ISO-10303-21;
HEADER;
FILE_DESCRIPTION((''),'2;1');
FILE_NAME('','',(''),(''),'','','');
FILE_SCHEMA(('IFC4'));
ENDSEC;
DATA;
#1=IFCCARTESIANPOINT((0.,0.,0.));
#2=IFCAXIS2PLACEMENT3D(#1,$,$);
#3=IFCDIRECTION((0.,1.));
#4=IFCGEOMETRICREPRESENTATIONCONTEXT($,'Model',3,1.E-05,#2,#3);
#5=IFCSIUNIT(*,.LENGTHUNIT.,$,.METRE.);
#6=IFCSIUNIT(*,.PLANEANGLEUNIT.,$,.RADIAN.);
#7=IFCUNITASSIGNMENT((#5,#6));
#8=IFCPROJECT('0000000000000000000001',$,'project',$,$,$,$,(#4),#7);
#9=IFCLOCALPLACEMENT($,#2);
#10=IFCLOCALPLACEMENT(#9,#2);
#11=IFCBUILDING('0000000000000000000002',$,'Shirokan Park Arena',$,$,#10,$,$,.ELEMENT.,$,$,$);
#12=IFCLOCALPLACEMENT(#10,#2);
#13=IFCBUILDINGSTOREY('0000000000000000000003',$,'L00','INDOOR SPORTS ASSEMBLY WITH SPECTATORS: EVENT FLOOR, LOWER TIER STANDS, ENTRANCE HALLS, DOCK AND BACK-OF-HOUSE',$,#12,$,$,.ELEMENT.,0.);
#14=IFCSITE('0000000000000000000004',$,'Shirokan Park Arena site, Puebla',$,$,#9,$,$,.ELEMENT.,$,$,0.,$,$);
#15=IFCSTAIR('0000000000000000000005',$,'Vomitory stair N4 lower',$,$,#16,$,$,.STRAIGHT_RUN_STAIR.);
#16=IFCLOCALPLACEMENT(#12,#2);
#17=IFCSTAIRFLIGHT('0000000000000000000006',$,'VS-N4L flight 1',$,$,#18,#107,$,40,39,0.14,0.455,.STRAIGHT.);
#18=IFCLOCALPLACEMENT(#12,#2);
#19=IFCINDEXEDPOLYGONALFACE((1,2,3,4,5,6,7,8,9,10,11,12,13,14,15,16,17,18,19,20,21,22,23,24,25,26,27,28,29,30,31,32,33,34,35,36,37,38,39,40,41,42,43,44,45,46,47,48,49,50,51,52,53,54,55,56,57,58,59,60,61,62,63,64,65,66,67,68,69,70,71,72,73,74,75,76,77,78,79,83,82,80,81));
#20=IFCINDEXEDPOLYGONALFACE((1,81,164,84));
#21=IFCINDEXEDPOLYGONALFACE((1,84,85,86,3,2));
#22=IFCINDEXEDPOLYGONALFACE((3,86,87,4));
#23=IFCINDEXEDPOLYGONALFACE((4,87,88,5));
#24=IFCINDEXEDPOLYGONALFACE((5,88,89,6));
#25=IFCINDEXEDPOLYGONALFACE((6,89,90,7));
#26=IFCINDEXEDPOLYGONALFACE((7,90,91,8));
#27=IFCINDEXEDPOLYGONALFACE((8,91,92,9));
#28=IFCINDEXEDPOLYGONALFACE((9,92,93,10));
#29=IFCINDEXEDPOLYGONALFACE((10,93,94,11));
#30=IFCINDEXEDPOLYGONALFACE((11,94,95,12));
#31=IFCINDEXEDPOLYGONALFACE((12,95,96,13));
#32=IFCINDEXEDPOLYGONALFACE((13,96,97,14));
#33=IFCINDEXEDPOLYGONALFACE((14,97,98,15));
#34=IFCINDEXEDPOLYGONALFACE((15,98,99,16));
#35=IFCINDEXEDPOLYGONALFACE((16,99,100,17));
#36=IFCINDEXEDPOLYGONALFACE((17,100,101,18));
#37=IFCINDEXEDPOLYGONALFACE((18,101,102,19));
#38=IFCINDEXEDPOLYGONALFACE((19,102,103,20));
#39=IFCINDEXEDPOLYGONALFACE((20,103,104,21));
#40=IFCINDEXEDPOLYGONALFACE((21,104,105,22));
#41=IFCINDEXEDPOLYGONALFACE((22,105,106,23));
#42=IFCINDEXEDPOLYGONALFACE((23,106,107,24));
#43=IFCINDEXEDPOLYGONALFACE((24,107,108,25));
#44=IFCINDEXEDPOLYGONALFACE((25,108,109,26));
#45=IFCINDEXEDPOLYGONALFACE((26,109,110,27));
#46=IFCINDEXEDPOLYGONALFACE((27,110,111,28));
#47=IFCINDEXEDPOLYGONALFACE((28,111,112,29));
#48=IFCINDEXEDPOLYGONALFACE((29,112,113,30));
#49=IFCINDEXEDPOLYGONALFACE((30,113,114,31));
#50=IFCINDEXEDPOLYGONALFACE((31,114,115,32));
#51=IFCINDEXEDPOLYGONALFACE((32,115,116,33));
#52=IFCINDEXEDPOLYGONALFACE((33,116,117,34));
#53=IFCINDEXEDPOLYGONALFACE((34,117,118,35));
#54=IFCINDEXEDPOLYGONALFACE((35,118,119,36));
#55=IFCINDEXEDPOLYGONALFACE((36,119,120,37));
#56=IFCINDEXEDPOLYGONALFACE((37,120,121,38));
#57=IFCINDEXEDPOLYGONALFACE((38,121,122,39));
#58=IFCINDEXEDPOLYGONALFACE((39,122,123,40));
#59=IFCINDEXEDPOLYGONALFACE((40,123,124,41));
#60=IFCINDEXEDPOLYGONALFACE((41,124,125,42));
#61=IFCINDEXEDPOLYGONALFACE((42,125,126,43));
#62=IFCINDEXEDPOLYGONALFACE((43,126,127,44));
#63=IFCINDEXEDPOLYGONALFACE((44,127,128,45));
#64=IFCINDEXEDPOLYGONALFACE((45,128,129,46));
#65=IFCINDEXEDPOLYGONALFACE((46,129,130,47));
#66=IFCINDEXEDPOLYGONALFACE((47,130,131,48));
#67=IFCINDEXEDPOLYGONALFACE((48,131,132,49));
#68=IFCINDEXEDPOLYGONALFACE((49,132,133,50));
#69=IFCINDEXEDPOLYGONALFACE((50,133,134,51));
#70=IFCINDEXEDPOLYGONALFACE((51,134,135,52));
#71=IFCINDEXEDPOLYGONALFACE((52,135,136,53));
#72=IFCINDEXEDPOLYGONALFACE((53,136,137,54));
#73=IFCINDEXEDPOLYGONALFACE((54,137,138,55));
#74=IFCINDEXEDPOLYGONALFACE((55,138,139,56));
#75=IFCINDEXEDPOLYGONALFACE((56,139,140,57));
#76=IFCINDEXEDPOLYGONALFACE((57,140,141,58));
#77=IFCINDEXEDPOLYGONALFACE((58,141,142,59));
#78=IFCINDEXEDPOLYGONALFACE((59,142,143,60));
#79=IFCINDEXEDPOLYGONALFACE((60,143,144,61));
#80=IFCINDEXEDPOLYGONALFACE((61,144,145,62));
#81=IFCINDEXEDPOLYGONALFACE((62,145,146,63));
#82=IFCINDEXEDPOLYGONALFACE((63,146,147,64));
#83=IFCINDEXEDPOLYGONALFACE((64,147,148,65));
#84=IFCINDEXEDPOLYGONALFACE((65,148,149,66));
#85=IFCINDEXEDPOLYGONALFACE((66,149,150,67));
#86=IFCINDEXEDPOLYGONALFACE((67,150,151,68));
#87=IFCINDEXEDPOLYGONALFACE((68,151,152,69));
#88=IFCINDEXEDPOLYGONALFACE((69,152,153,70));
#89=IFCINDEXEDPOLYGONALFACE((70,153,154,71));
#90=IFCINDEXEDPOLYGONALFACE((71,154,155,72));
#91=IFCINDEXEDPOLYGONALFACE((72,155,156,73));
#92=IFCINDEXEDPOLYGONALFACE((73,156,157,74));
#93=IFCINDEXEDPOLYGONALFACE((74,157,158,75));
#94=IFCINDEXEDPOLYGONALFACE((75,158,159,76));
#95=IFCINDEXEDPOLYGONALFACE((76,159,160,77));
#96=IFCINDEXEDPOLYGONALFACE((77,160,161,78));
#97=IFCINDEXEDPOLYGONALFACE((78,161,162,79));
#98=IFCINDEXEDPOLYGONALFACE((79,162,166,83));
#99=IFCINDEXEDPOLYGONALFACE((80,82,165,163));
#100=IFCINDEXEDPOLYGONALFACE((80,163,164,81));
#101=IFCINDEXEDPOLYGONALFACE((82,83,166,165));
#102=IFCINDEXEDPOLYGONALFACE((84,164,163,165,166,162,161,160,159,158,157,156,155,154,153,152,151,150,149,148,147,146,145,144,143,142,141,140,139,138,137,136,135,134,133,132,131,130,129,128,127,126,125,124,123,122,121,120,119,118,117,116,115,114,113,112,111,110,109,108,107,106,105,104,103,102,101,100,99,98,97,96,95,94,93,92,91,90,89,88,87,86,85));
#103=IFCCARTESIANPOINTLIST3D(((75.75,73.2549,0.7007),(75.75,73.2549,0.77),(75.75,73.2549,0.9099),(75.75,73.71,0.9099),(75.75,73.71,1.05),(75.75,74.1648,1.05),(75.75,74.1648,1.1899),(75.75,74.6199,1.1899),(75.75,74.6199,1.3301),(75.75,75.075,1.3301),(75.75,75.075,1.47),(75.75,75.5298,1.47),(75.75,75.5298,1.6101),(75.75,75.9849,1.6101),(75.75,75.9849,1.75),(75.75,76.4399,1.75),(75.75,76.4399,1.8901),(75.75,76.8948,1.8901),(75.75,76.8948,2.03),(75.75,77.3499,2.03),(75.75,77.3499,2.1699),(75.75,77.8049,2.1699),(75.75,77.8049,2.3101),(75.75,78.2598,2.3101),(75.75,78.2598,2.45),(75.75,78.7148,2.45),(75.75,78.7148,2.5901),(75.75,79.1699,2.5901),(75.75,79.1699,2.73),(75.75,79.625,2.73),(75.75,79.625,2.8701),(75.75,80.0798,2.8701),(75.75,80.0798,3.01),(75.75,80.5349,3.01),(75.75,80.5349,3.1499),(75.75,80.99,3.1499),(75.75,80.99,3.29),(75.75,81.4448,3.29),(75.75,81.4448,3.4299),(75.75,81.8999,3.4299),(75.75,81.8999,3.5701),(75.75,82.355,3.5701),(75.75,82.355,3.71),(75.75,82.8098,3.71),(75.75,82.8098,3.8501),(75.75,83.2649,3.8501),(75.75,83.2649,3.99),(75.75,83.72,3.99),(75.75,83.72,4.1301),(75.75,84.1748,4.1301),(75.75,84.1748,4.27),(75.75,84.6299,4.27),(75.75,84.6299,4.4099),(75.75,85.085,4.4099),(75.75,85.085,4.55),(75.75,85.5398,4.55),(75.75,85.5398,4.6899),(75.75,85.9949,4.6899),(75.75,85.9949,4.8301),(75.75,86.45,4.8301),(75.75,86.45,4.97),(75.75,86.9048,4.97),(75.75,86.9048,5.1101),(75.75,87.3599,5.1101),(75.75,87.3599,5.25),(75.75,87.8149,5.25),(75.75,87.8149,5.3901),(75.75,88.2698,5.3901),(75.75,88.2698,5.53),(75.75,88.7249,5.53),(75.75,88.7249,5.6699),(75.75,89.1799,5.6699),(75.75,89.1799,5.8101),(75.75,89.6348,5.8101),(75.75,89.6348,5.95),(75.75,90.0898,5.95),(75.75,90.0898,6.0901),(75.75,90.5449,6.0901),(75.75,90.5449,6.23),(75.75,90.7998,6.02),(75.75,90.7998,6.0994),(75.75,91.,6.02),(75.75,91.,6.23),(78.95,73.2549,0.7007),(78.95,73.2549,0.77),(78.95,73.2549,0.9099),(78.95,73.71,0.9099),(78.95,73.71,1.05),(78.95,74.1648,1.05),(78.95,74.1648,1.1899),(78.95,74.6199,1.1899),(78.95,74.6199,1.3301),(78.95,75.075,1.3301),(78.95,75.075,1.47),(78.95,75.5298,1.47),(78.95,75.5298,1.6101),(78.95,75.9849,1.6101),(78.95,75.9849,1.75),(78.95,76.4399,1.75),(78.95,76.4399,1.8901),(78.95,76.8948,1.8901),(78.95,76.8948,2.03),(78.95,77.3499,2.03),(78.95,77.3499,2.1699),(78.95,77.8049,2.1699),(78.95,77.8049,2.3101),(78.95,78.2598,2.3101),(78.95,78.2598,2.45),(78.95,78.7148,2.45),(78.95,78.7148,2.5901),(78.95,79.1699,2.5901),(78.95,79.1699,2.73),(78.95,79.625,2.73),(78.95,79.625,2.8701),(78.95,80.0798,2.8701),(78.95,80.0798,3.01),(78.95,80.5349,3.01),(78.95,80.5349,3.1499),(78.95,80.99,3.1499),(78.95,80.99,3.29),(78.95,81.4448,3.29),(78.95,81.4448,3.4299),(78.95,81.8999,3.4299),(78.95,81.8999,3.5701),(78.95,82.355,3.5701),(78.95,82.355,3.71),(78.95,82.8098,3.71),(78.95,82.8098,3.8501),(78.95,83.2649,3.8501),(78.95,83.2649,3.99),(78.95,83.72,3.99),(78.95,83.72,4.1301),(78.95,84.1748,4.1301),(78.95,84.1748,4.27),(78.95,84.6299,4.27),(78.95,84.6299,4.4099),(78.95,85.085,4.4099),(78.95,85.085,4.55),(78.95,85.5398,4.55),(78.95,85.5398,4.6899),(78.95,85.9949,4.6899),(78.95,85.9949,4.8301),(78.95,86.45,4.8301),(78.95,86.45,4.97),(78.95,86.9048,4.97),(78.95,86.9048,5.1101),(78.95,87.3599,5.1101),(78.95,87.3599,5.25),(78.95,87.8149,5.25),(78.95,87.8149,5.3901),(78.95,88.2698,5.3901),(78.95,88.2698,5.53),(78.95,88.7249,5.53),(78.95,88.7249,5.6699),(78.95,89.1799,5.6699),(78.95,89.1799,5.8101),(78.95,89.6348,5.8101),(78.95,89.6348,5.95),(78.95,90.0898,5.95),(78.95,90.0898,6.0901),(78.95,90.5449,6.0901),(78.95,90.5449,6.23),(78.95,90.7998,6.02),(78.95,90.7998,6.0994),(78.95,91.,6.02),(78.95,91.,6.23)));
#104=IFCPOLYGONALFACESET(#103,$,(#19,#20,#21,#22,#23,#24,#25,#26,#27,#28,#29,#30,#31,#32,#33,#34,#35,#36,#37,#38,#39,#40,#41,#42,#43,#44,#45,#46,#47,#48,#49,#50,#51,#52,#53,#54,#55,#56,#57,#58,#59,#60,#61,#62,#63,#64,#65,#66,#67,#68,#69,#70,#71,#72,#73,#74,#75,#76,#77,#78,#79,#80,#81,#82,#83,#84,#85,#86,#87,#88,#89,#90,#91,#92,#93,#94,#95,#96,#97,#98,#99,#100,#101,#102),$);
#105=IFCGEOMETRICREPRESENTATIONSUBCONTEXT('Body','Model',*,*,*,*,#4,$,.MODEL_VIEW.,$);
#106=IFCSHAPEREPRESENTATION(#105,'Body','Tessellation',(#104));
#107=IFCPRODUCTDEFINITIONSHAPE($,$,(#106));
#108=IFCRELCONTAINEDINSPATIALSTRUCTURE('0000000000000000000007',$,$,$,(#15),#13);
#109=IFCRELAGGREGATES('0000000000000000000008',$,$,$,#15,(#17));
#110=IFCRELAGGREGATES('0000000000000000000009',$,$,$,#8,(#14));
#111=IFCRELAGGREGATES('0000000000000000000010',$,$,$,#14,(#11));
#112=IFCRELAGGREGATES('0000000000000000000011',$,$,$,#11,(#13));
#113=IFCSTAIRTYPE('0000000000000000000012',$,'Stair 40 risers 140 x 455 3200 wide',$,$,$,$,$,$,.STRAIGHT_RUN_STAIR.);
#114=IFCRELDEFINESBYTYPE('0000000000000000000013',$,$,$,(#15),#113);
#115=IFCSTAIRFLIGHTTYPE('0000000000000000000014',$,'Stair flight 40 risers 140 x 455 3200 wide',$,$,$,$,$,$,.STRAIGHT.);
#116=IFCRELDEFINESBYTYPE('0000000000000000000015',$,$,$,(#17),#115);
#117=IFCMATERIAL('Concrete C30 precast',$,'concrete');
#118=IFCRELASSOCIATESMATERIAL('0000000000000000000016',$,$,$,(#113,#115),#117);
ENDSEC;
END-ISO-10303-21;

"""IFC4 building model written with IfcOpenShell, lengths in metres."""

from ifc_helpers import new_model, si_unit, direction, frame, origin, place, context, subcontext, project, spatial, polyline, outline, extrude, material, type_object, element, aggregate, save


model = new_model("IFC4")

# Units and contexts
model_context = context("Model", 3, precision=1e-05, world=origin(), true_north=direction((0.0, 1.0)))
body_context = subcontext(model_context, "Body", "Model", "MODEL_VIEW")
ifc_project = project(units=[si_unit("LENGTHUNIT", "METRE"), si_unit("PLANEANGLEUNIT", "RADIAN")], contexts=[model_context])

# Site, building, storey
site_placement = place(None, origin())
site = spatial("IfcSite", under=ifc_project, at=site_placement, Name="Shirokan Park Arena site, Puebla", CompositionType="ELEMENT", RefElevation=0.0)
building_placement = place(site_placement, origin())
building = spatial("IfcBuilding", under=site, at=building_placement, Name="Shirokan Park Arena", CompositionType="ELEMENT")
storey_placement = place(building_placement, origin())
storey = spatial("IfcBuildingStorey", under=building, at=storey_placement, Name="L00", Description="INDOOR SPORTS ASSEMBLY WITH SPECTATORS: EVENT FLOOR, LOWER TIER STANDS, ENTRANCE HALLS, DOCK AND BACK-OF-HOUSE", CompositionType="ELEMENT", Elevation=0.0)

# Stair, stair flight
ifc_material_1 = material(Name="Concrete C30 precast", Category="concrete")
stair_type = type_object("IfcStairType", Name="Stair 40 risers 140 x 455 3200 wide", PredefinedType="STRAIGHT_RUN_STAIR", material=ifc_material_1)
stair_flight_type = type_object("IfcStairFlightType", Name="Stair flight 40 risers 140 x 455 3200 wide", PredefinedType="STRAIGHT", material=ifc_material_1)
stair_1_placement = place(storey_placement, origin())
stair_1 = element("IfcStair", 1, at=stair_1_placement, inside=storey, type_object=stair_type, Name="Vomitory stair N4 lower", PredefinedType="STRAIGHT_RUN_STAIR")
stair_flight_1_placement = place(storey_placement, frame((77.3501, 73.2549, 0.77), z_axis=(0.0, 0.0, 1.0), x_axis=(0.0, 1.0, 0.0)))
stair_flight_1 = element("IfcStairFlight", 2, at=stair_flight_1_placement, type_object=stair_flight_type, Name="VS-N4L flight 1", NumberOfRisers=40, NumberOfTreads=39, PredefinedType="STRAIGHT", RiserHeight=0.14, TreadLength=0.455, context=body_context, shape_type="SweptSolid", body=[
    extrude(outline(polyline([(0.0, -0.0693), (0.0, 0.0), (0.0, 0.1399), (0.4551, 0.1399), (0.4551, 0.28), (0.9099, 0.28), (0.9099, 0.4199), (1.365, 0.4199), (1.365, 0.5601), (1.8201, 0.5601), (1.8201, 0.7), (2.2749, 0.7), (2.2749, 0.8401), (2.73, 0.8401), (2.73, 0.98), (3.1851, 0.98), (3.1851, 1.1201), (3.6399, 1.1201), (3.6399, 1.26), (4.095, 1.26), (4.095, 1.3999), (4.55, 1.3999), (4.55, 1.54), (5.0049, 1.54), (5.0049, 1.6799), (5.46, 1.6799), (5.46, 1.8201), (5.915, 1.8201), (5.915, 1.96), (6.3701, 1.96), (6.3701, 2.1001), (6.825, 2.1001), (6.825, 2.24), (7.28, 2.24), (7.28, 2.3799), (7.7351, 2.3799), (7.7351, 2.52), (8.1899, 2.52), (8.1899, 2.6599), (8.645, 2.6599), (8.645, 2.8), (9.1001, 2.8), (9.1001, 2.9399), (9.5549, 2.9399), (9.5549, 3.0801), (10.01, 3.0801), (10.01, 3.22), (10.4651, 3.22), (10.4651, 3.3601), (10.9199, 3.3601), (10.9199, 3.5), (11.375, 3.5), (11.375, 3.6399), (11.8301, 3.6399), (11.8301, 3.78), (12.2849, 3.78), (12.2849, 3.9199), (12.74, 3.9199), (12.74, 4.0601), (13.1951, 4.0601), (13.1951, 4.2), (13.6499, 4.2), (13.6499, 4.3401), (14.105, 4.3401), (14.105, 4.48), (14.5601, 4.48), (14.5601, 4.6201), (15.0149, 4.6201), (15.0149, 4.76), (15.47, 4.76), (15.47, 4.8999), (15.925, 4.8999), (15.925, 5.04), (16.3799, 5.04), (16.3799, 5.1799), (16.835, 5.1799), (16.835, 5.3201), (17.29, 5.3201), (17.29, 5.46), (17.7451, 5.46), (17.7451, 5.6001), (17.7451, 5.25), (17.5449, 5.25), (17.5449, 5.3293), (0.0, -0.0693)])), frame((0.0, 1.6001, 0.0), z_axis=(0.0, -1.0, 0.0), x_axis=(1.0, 0.0, 0.0)), (0.0, 0.0, 1.0), 3.2),
])
aggregate(stair_1, [stair_flight_1])

save(model, "model.ifc")
